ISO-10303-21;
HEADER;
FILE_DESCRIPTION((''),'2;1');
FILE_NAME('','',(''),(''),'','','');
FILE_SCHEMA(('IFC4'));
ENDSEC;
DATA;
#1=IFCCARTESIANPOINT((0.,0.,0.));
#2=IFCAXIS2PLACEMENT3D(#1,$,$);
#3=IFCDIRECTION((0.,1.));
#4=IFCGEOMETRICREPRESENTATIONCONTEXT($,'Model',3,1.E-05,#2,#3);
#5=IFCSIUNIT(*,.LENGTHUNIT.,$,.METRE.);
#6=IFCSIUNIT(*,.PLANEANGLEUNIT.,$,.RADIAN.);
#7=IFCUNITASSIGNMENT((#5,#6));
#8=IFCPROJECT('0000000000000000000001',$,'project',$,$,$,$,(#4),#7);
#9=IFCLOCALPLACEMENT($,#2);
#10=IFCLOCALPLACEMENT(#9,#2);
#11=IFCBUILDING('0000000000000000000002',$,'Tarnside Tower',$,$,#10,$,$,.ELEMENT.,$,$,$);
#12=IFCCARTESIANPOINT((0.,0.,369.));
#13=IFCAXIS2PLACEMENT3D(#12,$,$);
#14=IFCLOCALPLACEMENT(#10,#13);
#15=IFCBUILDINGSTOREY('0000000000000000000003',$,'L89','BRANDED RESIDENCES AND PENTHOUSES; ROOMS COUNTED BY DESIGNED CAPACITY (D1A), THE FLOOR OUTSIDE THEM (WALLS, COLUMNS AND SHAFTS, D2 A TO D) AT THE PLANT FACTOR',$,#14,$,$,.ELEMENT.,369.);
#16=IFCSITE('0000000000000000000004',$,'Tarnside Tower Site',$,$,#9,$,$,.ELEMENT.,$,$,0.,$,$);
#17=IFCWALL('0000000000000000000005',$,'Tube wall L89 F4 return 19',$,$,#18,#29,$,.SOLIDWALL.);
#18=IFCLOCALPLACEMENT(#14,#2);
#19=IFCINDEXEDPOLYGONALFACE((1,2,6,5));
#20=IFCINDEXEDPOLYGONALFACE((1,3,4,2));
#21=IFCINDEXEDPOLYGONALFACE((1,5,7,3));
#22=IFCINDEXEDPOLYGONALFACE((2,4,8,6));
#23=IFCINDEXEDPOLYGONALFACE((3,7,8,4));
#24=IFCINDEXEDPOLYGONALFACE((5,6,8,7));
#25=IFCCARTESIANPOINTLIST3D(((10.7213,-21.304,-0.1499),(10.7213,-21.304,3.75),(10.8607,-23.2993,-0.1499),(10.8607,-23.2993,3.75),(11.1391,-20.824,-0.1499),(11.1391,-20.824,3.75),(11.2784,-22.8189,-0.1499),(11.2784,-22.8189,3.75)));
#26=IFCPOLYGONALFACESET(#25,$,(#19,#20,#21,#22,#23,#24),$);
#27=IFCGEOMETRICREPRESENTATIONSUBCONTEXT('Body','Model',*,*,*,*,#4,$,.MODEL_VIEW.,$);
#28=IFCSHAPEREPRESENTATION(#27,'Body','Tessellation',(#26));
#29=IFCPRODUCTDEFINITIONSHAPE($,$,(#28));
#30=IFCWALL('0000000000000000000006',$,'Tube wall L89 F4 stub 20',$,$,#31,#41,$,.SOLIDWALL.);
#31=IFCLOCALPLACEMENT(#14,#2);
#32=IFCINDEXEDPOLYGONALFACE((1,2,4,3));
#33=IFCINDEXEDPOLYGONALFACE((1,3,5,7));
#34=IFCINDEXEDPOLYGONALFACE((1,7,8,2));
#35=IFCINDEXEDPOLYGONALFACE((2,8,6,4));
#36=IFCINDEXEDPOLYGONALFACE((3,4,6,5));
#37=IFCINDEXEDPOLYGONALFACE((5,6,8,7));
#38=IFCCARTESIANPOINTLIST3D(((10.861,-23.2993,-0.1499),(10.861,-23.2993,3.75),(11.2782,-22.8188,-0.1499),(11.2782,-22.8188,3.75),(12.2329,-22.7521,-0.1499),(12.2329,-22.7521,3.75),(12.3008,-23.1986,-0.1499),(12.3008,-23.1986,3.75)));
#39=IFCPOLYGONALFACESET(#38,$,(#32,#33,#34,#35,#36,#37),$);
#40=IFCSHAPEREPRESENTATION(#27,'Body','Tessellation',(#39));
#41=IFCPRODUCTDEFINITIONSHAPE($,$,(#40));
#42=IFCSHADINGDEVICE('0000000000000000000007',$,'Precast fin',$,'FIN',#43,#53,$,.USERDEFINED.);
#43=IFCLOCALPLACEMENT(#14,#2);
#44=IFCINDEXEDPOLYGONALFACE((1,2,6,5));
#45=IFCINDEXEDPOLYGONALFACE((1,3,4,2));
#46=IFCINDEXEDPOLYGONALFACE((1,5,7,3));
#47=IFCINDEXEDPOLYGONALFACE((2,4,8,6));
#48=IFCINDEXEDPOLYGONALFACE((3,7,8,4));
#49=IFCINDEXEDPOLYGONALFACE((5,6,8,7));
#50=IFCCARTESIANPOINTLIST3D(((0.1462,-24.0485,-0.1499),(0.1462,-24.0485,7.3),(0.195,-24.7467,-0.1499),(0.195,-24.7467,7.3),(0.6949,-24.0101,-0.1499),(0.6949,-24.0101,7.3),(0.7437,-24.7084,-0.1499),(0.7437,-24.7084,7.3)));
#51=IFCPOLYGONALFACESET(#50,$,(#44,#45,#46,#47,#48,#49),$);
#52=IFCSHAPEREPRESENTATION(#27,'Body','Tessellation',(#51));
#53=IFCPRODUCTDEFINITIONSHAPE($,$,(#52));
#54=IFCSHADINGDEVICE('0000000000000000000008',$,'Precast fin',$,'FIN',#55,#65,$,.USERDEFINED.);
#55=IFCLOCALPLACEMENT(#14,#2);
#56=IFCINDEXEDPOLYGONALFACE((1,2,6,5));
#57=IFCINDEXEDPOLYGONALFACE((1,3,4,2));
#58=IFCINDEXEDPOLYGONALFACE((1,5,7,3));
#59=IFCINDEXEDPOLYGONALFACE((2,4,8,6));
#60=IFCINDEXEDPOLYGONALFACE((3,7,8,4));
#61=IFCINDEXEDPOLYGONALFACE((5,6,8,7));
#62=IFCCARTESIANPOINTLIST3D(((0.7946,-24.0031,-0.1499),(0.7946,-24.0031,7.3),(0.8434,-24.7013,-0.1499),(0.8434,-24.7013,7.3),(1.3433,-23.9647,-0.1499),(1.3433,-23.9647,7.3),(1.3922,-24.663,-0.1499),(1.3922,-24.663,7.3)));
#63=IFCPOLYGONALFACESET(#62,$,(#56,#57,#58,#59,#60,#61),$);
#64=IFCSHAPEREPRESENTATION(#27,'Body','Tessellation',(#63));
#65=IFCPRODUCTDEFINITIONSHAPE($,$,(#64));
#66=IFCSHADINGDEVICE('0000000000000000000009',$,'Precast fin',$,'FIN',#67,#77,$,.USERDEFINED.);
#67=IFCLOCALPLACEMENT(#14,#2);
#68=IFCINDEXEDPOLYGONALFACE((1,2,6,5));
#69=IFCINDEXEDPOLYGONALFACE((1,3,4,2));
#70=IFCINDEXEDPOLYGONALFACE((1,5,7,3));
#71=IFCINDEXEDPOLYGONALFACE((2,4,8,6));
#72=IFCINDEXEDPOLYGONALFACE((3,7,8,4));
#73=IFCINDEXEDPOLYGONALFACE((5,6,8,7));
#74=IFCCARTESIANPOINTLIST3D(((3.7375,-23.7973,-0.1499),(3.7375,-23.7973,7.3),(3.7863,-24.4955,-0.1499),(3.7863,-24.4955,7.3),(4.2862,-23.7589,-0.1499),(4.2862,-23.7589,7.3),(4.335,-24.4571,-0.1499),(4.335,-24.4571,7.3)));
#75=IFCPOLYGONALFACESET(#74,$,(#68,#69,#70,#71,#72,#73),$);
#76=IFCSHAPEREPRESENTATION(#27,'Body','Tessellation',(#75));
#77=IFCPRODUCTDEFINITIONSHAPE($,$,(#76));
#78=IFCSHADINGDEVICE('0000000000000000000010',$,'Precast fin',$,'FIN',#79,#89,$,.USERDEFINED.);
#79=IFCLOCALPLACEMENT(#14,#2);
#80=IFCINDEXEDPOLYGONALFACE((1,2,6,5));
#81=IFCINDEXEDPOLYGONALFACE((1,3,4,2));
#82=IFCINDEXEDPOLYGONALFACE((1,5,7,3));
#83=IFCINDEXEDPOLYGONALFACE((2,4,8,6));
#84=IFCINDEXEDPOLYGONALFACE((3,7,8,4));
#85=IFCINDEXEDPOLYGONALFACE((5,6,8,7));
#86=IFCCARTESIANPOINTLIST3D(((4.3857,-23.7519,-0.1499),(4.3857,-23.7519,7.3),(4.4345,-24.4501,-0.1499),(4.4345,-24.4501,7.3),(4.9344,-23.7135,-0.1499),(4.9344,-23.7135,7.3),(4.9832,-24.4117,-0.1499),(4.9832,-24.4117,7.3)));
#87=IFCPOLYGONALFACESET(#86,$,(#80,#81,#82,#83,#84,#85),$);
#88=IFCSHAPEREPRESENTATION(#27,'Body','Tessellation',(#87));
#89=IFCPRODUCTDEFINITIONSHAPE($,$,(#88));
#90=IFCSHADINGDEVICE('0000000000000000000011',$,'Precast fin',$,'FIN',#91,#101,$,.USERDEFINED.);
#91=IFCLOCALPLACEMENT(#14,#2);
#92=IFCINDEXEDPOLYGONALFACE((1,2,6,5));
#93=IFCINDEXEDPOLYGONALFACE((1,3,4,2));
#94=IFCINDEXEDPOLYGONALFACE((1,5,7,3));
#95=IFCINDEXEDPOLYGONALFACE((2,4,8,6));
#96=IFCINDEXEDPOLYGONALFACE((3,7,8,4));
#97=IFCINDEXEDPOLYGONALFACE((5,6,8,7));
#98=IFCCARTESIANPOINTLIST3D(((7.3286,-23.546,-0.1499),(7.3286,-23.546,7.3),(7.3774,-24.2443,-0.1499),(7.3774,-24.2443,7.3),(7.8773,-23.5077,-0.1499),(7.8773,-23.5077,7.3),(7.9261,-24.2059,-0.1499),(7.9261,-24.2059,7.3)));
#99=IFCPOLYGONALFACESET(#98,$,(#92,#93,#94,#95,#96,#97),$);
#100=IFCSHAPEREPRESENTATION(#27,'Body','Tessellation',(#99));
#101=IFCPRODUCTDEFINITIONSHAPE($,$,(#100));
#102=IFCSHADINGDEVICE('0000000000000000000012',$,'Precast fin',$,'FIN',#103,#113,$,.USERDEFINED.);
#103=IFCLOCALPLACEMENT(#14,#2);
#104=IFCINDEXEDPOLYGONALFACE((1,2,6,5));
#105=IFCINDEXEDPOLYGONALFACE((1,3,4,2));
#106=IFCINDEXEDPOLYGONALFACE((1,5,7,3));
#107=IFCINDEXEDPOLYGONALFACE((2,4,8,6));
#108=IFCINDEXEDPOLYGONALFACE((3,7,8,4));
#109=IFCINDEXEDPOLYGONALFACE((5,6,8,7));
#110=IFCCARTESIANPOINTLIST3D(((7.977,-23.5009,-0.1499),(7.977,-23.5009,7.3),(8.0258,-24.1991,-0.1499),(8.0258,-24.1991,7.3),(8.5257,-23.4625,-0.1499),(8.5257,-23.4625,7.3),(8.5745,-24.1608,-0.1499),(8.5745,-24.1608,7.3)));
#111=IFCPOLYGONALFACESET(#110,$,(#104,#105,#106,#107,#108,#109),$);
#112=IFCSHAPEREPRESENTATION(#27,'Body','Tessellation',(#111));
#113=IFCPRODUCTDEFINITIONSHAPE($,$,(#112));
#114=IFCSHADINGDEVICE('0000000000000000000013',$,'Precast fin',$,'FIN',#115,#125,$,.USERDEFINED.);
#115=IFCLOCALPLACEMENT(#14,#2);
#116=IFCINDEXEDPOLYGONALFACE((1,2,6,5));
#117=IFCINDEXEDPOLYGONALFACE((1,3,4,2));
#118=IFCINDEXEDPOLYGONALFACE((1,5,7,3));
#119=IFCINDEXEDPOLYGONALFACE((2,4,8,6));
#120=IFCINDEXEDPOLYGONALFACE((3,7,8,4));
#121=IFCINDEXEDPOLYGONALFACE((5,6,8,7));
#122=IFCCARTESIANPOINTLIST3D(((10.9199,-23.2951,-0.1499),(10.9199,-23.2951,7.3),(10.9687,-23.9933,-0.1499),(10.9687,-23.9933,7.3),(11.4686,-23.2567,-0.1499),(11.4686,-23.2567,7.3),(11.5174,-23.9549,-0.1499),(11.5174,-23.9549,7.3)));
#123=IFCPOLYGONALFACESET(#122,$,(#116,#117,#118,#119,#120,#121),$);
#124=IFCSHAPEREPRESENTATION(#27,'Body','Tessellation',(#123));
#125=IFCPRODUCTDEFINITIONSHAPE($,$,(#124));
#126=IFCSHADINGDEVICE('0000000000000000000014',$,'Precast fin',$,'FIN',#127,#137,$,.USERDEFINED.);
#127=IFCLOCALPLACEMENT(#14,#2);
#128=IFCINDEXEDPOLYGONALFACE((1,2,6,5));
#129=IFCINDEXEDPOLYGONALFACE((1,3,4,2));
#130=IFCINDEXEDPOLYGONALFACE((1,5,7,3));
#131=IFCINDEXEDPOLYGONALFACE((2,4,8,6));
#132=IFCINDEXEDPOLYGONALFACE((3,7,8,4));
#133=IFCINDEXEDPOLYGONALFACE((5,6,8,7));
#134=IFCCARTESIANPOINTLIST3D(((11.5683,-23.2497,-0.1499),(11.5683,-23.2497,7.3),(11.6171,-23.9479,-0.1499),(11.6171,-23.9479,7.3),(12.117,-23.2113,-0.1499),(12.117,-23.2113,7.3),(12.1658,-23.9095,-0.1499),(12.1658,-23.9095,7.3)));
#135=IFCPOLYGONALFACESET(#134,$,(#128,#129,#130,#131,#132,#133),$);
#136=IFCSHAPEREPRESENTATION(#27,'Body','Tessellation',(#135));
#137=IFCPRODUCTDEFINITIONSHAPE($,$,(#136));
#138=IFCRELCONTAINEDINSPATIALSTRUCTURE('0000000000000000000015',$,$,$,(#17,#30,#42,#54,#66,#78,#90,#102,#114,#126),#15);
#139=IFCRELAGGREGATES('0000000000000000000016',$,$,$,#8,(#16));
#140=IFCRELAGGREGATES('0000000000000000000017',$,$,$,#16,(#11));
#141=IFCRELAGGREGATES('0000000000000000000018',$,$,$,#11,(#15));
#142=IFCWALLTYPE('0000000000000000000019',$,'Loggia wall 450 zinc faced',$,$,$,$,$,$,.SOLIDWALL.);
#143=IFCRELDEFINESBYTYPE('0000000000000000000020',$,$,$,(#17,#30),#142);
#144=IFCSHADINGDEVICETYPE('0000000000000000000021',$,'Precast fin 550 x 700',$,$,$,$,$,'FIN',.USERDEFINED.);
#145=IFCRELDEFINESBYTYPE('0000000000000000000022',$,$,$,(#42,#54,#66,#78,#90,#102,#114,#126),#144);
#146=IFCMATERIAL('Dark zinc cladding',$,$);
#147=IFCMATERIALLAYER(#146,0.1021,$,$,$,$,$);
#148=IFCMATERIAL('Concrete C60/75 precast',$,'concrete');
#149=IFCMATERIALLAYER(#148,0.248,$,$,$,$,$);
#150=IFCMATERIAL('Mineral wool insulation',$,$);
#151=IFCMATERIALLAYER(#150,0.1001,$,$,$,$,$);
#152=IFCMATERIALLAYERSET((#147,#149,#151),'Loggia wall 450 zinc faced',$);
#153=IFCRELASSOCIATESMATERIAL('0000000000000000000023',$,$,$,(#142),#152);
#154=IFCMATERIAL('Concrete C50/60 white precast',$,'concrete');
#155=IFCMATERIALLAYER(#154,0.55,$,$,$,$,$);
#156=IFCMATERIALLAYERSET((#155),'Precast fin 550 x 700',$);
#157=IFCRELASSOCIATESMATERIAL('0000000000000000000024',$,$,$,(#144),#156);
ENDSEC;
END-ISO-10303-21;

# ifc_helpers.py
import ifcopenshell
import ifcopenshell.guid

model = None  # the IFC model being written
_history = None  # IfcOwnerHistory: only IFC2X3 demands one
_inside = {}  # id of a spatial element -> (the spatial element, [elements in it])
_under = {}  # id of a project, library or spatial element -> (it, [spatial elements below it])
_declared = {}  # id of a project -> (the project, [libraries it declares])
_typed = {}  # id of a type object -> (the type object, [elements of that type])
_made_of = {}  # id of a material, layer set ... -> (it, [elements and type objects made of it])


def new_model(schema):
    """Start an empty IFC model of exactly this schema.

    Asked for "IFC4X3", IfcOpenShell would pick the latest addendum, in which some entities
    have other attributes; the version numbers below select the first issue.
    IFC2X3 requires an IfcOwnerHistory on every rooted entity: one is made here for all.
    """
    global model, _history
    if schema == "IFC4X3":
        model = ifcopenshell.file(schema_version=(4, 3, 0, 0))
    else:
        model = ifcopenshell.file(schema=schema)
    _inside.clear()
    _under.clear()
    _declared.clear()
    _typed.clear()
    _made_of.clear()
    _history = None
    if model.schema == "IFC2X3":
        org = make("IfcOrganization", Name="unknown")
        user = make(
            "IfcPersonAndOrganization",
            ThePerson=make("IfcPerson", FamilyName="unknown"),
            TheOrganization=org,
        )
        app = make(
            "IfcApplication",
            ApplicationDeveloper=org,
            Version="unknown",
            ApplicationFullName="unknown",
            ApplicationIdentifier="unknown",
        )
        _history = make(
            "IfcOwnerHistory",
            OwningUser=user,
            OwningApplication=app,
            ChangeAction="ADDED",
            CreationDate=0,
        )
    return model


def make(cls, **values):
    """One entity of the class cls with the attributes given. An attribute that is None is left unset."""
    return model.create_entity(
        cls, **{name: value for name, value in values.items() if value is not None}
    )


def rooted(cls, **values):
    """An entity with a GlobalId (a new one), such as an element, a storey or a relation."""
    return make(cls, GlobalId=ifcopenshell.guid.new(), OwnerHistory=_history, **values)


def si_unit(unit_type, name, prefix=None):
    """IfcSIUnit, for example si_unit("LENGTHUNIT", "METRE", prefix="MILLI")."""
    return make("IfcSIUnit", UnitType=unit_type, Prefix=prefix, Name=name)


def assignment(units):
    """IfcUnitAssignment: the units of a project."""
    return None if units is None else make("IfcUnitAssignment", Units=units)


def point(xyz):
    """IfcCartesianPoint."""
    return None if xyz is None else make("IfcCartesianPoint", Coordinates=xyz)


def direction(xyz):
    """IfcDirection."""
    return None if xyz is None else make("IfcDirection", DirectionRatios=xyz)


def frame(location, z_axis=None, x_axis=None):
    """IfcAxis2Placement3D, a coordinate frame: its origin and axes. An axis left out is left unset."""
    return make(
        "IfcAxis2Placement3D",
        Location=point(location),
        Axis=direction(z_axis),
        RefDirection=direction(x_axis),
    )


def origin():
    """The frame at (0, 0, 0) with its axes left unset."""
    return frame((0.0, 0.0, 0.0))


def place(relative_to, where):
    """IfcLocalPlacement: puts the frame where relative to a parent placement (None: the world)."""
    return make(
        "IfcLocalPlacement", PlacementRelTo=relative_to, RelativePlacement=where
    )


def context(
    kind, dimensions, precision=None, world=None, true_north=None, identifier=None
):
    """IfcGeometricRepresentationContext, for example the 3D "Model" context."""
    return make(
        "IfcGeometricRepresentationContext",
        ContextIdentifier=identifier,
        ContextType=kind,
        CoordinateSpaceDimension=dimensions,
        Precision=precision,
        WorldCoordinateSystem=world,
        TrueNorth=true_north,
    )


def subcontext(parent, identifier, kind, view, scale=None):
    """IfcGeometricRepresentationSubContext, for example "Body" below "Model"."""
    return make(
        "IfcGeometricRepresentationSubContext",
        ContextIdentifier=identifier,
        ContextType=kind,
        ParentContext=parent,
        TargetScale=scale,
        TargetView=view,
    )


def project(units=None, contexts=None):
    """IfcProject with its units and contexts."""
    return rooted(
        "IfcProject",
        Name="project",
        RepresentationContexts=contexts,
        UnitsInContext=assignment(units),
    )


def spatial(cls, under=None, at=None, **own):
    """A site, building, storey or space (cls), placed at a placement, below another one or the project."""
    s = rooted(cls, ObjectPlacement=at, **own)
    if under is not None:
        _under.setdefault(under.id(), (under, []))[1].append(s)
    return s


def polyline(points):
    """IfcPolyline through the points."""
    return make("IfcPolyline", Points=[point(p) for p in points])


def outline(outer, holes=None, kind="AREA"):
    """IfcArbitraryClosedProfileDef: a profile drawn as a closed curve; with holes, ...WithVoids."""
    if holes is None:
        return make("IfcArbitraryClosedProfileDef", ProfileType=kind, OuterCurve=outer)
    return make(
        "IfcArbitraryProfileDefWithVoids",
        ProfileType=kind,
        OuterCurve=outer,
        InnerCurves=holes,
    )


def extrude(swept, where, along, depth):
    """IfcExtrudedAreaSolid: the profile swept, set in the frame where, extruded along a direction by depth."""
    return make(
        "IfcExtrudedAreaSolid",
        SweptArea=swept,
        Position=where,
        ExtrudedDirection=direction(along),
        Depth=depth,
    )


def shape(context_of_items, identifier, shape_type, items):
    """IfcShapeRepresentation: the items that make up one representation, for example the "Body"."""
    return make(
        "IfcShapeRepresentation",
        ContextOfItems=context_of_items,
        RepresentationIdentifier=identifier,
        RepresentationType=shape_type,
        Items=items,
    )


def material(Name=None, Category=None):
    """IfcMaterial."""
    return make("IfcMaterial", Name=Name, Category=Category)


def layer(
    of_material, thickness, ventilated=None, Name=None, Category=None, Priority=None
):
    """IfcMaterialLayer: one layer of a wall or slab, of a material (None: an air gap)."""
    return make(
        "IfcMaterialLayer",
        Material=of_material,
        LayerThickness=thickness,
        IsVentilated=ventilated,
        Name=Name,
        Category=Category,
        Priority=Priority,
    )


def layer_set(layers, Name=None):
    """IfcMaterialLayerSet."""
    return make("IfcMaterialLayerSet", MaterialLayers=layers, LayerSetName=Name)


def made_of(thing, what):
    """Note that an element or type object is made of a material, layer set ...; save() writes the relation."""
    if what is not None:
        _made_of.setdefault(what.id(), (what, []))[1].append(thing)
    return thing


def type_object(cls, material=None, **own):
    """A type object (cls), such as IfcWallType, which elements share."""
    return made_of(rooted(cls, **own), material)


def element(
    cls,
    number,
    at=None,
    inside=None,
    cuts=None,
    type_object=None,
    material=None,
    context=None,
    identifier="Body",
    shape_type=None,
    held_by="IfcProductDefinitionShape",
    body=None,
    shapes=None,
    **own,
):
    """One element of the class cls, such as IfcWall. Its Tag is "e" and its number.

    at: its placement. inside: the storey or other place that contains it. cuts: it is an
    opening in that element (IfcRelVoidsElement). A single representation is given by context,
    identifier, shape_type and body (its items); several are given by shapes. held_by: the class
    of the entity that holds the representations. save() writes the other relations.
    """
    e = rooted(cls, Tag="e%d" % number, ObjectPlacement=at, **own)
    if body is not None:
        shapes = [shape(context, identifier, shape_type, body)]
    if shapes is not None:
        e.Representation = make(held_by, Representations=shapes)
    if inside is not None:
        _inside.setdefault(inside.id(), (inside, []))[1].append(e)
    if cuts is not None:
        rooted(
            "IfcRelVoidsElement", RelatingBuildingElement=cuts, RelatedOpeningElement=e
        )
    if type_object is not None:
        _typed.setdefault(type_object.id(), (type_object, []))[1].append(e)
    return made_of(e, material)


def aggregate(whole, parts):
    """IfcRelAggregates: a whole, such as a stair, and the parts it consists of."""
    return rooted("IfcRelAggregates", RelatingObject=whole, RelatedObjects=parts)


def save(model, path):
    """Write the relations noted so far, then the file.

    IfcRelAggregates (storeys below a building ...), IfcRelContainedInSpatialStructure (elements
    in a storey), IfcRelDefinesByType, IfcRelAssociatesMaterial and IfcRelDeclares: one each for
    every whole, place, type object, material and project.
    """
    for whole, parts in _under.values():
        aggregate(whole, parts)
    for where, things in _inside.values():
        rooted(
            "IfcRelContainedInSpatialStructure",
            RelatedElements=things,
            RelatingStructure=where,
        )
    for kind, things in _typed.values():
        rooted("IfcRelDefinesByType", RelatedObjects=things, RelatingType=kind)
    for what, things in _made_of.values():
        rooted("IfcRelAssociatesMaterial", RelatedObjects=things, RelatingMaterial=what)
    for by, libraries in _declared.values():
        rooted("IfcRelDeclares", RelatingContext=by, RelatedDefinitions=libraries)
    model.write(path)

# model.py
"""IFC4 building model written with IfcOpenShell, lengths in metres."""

from ifc_helpers import new_model, si_unit, direction, frame, origin, place, context, subcontext, project, spatial, polyline, outline, extrude, material, layer, layer_set, type_object, element, save


model = new_model("IFC4")

# Units and contexts
model_context = context("Model", 3, precision=1e-05, world=origin(), true_north=direction((0.0, 1.0)))
body_context = subcontext(model_context, "Body", "Model", "MODEL_VIEW")
ifc_project = project(units=[si_unit("LENGTHUNIT", "METRE"), si_unit("PLANEANGLEUNIT", "RADIAN")], contexts=[model_context])

# Site, building, storey
site_placement = place(None, origin())
site = spatial("IfcSite", under=ifc_project, at=site_placement, Name="Tarnside Tower Site", CompositionType="ELEMENT", RefElevation=0.0)
building_placement = place(site_placement, origin())
building = spatial("IfcBuilding", under=site, at=building_placement, Name="Tarnside Tower", CompositionType="ELEMENT")
storey_placement = place(building_placement, frame((0.0, 0.0, 369.0)))
storey = spatial("IfcBuildingStorey", under=building, at=storey_placement, Name="L89", Description="BRANDED RESIDENCES AND PENTHOUSES; ROOMS COUNTED BY DESIGNED CAPACITY (D1A), THE FLOOR OUTSIDE THEM (WALLS, COLUMNS AND SHAFTS, D2 A TO D) AT THE PLANT FACTOR", CompositionType="ELEMENT", Elevation=369.0)

# Walls
ifc_material_1 = material(Name="Dark zinc cladding")
ifc_layer_1 = layer(ifc_material_1, 0.1021)
ifc_material_2 = material(Name="Concrete C60/75 precast", Category="concrete")
ifc_layer_2 = layer(ifc_material_2, 0.248)
ifc_material_3 = material(Name="Mineral wool insulation")
ifc_layer_3 = layer(ifc_material_3, 0.1001)
ifc_layer_set_1 = layer_set([ifc_layer_1, ifc_layer_2, ifc_layer_3], Name="Loggia wall 450 zinc faced")
wall_type_1 = type_object("IfcWallType", Name="Loggia wall 450 zinc faced", PredefinedType="SOLIDWALL", material=ifc_layer_set_1)
wall_1_placement = place(storey_placement, frame((10.9302, -21.064, -0.1499), z_axis=(0.0, 0.0, 1.0), x_axis=(0.069703, -0.997568, 0.0)))
element("IfcWall", 1, at=wall_1_placement, inside=storey, type_object=wall_type_1, Name="Tube wall L89 F4 return 19", PredefinedType="SOLIDWALL", context=body_context, shape_type="SweptSolid", body=[
    extrude(outline(polyline([(0.2249, -0.2251), (2.2251, -0.2251), (1.7749, 0.2251), (-0.2249, 0.2251), (0.2249, -0.2251)])), origin(), (0.0, 0.0, 1.0), 3.8999),
])
wall_2_placement = place(storey_placement, frame((11.0696, -23.0591, -0.1499), z_axis=(0.0, 0.0, 1.0), x_axis=(0.997563, 0.069772, 0.0)))
element("IfcWall", 2, at=wall_2_placement, inside=storey, type_object=wall_type_1, Name="Tube wall L89 F4 stub 20", PredefinedType="SOLIDWALL", context=body_context, shape_type="SweptSolid", body=[
    extrude(outline(polyline([(-0.2249, -0.2251), (1.2185, -0.2251), (1.1819, 0.2251), (0.2249, 0.2251), (-0.2249, -0.2251)])), origin(), (0.0, 0.0, 1.0), 3.8999),
])

# Shading devices
ifc_material_4 = material(Name="Concrete C50/60 white precast", Category="concrete")
ifc_layer_4 = layer(ifc_material_4, 0.55)
ifc_layer_set_2 = layer_set([ifc_layer_4], Name="Precast fin 550 x 700")
shading_device_type = type_object("IfcShadingDeviceType", Name="Precast fin 550 x 700", ElementType="FIN", PredefinedType="USERDEFINED", material=ifc_layer_set_2)
for number, where, z_axis, x_axis, name in (
    (3, (0.4207, -24.0293, -0.1499), (-0.997564, -0.069756, 0.0), (0.069756, -0.997564, 0.0), "Precast fin"),
    (4, (1.0691, -23.9839, -0.1499), (-0.997564, -0.069756, 0.0), (0.069756, -0.997564, 0.0), "Precast fin"),
    (5, (4.012, -23.7781, -0.1499), (-0.997564, -0.069756, 0.0), (0.069756, -0.997564, 0.0), "Precast fin"),
    (6, (4.6602, -23.7327, -0.1499), (-0.997564, -0.069756, 0.0), (0.069756, -0.997564, 0.0), "Precast fin"),
    (7, (7.603, -23.5269, -0.1499), (-0.997564, -0.069756, 0.0), (0.069756, -0.997564, 0.0), "Precast fin"),
    (8, (8.2515, -23.4817, -0.1499), (-0.997564, -0.069756, 0.0), (0.069756, -0.997564, 0.0), "Precast fin"),
    (9, (11.1943, -23.2759, -0.1499), (-0.997564, -0.069756, 0.0), (0.069756, -0.997564, 0.0), "Precast fin"),
    (10, (11.8428, -23.2305, -0.1499), (-0.997564, -0.069756, 0.0), (0.069756, -0.997564, 0.0), "Precast fin"),
):
    element("IfcShadingDevice", number, at=place(storey_placement, frame(where, z_axis=z_axis, x_axis=x_axis)), inside=storey, type_object=shading_device_type, Name=name, ObjectType="FIN", PredefinedType="USERDEFINED", context=body_context, shape_type="SweptSolid", body=[
        extrude(outline(polyline([(0.0, 0.0), (0.7, 0.0), (0.7, 7.45), (0.0, 7.45), (0.0, 0.0)])), frame((0.0, 0.0, -0.2749)), (0.0, 0.0, 1.0), 0.55),
    ])

save(model, "model.ifc")
